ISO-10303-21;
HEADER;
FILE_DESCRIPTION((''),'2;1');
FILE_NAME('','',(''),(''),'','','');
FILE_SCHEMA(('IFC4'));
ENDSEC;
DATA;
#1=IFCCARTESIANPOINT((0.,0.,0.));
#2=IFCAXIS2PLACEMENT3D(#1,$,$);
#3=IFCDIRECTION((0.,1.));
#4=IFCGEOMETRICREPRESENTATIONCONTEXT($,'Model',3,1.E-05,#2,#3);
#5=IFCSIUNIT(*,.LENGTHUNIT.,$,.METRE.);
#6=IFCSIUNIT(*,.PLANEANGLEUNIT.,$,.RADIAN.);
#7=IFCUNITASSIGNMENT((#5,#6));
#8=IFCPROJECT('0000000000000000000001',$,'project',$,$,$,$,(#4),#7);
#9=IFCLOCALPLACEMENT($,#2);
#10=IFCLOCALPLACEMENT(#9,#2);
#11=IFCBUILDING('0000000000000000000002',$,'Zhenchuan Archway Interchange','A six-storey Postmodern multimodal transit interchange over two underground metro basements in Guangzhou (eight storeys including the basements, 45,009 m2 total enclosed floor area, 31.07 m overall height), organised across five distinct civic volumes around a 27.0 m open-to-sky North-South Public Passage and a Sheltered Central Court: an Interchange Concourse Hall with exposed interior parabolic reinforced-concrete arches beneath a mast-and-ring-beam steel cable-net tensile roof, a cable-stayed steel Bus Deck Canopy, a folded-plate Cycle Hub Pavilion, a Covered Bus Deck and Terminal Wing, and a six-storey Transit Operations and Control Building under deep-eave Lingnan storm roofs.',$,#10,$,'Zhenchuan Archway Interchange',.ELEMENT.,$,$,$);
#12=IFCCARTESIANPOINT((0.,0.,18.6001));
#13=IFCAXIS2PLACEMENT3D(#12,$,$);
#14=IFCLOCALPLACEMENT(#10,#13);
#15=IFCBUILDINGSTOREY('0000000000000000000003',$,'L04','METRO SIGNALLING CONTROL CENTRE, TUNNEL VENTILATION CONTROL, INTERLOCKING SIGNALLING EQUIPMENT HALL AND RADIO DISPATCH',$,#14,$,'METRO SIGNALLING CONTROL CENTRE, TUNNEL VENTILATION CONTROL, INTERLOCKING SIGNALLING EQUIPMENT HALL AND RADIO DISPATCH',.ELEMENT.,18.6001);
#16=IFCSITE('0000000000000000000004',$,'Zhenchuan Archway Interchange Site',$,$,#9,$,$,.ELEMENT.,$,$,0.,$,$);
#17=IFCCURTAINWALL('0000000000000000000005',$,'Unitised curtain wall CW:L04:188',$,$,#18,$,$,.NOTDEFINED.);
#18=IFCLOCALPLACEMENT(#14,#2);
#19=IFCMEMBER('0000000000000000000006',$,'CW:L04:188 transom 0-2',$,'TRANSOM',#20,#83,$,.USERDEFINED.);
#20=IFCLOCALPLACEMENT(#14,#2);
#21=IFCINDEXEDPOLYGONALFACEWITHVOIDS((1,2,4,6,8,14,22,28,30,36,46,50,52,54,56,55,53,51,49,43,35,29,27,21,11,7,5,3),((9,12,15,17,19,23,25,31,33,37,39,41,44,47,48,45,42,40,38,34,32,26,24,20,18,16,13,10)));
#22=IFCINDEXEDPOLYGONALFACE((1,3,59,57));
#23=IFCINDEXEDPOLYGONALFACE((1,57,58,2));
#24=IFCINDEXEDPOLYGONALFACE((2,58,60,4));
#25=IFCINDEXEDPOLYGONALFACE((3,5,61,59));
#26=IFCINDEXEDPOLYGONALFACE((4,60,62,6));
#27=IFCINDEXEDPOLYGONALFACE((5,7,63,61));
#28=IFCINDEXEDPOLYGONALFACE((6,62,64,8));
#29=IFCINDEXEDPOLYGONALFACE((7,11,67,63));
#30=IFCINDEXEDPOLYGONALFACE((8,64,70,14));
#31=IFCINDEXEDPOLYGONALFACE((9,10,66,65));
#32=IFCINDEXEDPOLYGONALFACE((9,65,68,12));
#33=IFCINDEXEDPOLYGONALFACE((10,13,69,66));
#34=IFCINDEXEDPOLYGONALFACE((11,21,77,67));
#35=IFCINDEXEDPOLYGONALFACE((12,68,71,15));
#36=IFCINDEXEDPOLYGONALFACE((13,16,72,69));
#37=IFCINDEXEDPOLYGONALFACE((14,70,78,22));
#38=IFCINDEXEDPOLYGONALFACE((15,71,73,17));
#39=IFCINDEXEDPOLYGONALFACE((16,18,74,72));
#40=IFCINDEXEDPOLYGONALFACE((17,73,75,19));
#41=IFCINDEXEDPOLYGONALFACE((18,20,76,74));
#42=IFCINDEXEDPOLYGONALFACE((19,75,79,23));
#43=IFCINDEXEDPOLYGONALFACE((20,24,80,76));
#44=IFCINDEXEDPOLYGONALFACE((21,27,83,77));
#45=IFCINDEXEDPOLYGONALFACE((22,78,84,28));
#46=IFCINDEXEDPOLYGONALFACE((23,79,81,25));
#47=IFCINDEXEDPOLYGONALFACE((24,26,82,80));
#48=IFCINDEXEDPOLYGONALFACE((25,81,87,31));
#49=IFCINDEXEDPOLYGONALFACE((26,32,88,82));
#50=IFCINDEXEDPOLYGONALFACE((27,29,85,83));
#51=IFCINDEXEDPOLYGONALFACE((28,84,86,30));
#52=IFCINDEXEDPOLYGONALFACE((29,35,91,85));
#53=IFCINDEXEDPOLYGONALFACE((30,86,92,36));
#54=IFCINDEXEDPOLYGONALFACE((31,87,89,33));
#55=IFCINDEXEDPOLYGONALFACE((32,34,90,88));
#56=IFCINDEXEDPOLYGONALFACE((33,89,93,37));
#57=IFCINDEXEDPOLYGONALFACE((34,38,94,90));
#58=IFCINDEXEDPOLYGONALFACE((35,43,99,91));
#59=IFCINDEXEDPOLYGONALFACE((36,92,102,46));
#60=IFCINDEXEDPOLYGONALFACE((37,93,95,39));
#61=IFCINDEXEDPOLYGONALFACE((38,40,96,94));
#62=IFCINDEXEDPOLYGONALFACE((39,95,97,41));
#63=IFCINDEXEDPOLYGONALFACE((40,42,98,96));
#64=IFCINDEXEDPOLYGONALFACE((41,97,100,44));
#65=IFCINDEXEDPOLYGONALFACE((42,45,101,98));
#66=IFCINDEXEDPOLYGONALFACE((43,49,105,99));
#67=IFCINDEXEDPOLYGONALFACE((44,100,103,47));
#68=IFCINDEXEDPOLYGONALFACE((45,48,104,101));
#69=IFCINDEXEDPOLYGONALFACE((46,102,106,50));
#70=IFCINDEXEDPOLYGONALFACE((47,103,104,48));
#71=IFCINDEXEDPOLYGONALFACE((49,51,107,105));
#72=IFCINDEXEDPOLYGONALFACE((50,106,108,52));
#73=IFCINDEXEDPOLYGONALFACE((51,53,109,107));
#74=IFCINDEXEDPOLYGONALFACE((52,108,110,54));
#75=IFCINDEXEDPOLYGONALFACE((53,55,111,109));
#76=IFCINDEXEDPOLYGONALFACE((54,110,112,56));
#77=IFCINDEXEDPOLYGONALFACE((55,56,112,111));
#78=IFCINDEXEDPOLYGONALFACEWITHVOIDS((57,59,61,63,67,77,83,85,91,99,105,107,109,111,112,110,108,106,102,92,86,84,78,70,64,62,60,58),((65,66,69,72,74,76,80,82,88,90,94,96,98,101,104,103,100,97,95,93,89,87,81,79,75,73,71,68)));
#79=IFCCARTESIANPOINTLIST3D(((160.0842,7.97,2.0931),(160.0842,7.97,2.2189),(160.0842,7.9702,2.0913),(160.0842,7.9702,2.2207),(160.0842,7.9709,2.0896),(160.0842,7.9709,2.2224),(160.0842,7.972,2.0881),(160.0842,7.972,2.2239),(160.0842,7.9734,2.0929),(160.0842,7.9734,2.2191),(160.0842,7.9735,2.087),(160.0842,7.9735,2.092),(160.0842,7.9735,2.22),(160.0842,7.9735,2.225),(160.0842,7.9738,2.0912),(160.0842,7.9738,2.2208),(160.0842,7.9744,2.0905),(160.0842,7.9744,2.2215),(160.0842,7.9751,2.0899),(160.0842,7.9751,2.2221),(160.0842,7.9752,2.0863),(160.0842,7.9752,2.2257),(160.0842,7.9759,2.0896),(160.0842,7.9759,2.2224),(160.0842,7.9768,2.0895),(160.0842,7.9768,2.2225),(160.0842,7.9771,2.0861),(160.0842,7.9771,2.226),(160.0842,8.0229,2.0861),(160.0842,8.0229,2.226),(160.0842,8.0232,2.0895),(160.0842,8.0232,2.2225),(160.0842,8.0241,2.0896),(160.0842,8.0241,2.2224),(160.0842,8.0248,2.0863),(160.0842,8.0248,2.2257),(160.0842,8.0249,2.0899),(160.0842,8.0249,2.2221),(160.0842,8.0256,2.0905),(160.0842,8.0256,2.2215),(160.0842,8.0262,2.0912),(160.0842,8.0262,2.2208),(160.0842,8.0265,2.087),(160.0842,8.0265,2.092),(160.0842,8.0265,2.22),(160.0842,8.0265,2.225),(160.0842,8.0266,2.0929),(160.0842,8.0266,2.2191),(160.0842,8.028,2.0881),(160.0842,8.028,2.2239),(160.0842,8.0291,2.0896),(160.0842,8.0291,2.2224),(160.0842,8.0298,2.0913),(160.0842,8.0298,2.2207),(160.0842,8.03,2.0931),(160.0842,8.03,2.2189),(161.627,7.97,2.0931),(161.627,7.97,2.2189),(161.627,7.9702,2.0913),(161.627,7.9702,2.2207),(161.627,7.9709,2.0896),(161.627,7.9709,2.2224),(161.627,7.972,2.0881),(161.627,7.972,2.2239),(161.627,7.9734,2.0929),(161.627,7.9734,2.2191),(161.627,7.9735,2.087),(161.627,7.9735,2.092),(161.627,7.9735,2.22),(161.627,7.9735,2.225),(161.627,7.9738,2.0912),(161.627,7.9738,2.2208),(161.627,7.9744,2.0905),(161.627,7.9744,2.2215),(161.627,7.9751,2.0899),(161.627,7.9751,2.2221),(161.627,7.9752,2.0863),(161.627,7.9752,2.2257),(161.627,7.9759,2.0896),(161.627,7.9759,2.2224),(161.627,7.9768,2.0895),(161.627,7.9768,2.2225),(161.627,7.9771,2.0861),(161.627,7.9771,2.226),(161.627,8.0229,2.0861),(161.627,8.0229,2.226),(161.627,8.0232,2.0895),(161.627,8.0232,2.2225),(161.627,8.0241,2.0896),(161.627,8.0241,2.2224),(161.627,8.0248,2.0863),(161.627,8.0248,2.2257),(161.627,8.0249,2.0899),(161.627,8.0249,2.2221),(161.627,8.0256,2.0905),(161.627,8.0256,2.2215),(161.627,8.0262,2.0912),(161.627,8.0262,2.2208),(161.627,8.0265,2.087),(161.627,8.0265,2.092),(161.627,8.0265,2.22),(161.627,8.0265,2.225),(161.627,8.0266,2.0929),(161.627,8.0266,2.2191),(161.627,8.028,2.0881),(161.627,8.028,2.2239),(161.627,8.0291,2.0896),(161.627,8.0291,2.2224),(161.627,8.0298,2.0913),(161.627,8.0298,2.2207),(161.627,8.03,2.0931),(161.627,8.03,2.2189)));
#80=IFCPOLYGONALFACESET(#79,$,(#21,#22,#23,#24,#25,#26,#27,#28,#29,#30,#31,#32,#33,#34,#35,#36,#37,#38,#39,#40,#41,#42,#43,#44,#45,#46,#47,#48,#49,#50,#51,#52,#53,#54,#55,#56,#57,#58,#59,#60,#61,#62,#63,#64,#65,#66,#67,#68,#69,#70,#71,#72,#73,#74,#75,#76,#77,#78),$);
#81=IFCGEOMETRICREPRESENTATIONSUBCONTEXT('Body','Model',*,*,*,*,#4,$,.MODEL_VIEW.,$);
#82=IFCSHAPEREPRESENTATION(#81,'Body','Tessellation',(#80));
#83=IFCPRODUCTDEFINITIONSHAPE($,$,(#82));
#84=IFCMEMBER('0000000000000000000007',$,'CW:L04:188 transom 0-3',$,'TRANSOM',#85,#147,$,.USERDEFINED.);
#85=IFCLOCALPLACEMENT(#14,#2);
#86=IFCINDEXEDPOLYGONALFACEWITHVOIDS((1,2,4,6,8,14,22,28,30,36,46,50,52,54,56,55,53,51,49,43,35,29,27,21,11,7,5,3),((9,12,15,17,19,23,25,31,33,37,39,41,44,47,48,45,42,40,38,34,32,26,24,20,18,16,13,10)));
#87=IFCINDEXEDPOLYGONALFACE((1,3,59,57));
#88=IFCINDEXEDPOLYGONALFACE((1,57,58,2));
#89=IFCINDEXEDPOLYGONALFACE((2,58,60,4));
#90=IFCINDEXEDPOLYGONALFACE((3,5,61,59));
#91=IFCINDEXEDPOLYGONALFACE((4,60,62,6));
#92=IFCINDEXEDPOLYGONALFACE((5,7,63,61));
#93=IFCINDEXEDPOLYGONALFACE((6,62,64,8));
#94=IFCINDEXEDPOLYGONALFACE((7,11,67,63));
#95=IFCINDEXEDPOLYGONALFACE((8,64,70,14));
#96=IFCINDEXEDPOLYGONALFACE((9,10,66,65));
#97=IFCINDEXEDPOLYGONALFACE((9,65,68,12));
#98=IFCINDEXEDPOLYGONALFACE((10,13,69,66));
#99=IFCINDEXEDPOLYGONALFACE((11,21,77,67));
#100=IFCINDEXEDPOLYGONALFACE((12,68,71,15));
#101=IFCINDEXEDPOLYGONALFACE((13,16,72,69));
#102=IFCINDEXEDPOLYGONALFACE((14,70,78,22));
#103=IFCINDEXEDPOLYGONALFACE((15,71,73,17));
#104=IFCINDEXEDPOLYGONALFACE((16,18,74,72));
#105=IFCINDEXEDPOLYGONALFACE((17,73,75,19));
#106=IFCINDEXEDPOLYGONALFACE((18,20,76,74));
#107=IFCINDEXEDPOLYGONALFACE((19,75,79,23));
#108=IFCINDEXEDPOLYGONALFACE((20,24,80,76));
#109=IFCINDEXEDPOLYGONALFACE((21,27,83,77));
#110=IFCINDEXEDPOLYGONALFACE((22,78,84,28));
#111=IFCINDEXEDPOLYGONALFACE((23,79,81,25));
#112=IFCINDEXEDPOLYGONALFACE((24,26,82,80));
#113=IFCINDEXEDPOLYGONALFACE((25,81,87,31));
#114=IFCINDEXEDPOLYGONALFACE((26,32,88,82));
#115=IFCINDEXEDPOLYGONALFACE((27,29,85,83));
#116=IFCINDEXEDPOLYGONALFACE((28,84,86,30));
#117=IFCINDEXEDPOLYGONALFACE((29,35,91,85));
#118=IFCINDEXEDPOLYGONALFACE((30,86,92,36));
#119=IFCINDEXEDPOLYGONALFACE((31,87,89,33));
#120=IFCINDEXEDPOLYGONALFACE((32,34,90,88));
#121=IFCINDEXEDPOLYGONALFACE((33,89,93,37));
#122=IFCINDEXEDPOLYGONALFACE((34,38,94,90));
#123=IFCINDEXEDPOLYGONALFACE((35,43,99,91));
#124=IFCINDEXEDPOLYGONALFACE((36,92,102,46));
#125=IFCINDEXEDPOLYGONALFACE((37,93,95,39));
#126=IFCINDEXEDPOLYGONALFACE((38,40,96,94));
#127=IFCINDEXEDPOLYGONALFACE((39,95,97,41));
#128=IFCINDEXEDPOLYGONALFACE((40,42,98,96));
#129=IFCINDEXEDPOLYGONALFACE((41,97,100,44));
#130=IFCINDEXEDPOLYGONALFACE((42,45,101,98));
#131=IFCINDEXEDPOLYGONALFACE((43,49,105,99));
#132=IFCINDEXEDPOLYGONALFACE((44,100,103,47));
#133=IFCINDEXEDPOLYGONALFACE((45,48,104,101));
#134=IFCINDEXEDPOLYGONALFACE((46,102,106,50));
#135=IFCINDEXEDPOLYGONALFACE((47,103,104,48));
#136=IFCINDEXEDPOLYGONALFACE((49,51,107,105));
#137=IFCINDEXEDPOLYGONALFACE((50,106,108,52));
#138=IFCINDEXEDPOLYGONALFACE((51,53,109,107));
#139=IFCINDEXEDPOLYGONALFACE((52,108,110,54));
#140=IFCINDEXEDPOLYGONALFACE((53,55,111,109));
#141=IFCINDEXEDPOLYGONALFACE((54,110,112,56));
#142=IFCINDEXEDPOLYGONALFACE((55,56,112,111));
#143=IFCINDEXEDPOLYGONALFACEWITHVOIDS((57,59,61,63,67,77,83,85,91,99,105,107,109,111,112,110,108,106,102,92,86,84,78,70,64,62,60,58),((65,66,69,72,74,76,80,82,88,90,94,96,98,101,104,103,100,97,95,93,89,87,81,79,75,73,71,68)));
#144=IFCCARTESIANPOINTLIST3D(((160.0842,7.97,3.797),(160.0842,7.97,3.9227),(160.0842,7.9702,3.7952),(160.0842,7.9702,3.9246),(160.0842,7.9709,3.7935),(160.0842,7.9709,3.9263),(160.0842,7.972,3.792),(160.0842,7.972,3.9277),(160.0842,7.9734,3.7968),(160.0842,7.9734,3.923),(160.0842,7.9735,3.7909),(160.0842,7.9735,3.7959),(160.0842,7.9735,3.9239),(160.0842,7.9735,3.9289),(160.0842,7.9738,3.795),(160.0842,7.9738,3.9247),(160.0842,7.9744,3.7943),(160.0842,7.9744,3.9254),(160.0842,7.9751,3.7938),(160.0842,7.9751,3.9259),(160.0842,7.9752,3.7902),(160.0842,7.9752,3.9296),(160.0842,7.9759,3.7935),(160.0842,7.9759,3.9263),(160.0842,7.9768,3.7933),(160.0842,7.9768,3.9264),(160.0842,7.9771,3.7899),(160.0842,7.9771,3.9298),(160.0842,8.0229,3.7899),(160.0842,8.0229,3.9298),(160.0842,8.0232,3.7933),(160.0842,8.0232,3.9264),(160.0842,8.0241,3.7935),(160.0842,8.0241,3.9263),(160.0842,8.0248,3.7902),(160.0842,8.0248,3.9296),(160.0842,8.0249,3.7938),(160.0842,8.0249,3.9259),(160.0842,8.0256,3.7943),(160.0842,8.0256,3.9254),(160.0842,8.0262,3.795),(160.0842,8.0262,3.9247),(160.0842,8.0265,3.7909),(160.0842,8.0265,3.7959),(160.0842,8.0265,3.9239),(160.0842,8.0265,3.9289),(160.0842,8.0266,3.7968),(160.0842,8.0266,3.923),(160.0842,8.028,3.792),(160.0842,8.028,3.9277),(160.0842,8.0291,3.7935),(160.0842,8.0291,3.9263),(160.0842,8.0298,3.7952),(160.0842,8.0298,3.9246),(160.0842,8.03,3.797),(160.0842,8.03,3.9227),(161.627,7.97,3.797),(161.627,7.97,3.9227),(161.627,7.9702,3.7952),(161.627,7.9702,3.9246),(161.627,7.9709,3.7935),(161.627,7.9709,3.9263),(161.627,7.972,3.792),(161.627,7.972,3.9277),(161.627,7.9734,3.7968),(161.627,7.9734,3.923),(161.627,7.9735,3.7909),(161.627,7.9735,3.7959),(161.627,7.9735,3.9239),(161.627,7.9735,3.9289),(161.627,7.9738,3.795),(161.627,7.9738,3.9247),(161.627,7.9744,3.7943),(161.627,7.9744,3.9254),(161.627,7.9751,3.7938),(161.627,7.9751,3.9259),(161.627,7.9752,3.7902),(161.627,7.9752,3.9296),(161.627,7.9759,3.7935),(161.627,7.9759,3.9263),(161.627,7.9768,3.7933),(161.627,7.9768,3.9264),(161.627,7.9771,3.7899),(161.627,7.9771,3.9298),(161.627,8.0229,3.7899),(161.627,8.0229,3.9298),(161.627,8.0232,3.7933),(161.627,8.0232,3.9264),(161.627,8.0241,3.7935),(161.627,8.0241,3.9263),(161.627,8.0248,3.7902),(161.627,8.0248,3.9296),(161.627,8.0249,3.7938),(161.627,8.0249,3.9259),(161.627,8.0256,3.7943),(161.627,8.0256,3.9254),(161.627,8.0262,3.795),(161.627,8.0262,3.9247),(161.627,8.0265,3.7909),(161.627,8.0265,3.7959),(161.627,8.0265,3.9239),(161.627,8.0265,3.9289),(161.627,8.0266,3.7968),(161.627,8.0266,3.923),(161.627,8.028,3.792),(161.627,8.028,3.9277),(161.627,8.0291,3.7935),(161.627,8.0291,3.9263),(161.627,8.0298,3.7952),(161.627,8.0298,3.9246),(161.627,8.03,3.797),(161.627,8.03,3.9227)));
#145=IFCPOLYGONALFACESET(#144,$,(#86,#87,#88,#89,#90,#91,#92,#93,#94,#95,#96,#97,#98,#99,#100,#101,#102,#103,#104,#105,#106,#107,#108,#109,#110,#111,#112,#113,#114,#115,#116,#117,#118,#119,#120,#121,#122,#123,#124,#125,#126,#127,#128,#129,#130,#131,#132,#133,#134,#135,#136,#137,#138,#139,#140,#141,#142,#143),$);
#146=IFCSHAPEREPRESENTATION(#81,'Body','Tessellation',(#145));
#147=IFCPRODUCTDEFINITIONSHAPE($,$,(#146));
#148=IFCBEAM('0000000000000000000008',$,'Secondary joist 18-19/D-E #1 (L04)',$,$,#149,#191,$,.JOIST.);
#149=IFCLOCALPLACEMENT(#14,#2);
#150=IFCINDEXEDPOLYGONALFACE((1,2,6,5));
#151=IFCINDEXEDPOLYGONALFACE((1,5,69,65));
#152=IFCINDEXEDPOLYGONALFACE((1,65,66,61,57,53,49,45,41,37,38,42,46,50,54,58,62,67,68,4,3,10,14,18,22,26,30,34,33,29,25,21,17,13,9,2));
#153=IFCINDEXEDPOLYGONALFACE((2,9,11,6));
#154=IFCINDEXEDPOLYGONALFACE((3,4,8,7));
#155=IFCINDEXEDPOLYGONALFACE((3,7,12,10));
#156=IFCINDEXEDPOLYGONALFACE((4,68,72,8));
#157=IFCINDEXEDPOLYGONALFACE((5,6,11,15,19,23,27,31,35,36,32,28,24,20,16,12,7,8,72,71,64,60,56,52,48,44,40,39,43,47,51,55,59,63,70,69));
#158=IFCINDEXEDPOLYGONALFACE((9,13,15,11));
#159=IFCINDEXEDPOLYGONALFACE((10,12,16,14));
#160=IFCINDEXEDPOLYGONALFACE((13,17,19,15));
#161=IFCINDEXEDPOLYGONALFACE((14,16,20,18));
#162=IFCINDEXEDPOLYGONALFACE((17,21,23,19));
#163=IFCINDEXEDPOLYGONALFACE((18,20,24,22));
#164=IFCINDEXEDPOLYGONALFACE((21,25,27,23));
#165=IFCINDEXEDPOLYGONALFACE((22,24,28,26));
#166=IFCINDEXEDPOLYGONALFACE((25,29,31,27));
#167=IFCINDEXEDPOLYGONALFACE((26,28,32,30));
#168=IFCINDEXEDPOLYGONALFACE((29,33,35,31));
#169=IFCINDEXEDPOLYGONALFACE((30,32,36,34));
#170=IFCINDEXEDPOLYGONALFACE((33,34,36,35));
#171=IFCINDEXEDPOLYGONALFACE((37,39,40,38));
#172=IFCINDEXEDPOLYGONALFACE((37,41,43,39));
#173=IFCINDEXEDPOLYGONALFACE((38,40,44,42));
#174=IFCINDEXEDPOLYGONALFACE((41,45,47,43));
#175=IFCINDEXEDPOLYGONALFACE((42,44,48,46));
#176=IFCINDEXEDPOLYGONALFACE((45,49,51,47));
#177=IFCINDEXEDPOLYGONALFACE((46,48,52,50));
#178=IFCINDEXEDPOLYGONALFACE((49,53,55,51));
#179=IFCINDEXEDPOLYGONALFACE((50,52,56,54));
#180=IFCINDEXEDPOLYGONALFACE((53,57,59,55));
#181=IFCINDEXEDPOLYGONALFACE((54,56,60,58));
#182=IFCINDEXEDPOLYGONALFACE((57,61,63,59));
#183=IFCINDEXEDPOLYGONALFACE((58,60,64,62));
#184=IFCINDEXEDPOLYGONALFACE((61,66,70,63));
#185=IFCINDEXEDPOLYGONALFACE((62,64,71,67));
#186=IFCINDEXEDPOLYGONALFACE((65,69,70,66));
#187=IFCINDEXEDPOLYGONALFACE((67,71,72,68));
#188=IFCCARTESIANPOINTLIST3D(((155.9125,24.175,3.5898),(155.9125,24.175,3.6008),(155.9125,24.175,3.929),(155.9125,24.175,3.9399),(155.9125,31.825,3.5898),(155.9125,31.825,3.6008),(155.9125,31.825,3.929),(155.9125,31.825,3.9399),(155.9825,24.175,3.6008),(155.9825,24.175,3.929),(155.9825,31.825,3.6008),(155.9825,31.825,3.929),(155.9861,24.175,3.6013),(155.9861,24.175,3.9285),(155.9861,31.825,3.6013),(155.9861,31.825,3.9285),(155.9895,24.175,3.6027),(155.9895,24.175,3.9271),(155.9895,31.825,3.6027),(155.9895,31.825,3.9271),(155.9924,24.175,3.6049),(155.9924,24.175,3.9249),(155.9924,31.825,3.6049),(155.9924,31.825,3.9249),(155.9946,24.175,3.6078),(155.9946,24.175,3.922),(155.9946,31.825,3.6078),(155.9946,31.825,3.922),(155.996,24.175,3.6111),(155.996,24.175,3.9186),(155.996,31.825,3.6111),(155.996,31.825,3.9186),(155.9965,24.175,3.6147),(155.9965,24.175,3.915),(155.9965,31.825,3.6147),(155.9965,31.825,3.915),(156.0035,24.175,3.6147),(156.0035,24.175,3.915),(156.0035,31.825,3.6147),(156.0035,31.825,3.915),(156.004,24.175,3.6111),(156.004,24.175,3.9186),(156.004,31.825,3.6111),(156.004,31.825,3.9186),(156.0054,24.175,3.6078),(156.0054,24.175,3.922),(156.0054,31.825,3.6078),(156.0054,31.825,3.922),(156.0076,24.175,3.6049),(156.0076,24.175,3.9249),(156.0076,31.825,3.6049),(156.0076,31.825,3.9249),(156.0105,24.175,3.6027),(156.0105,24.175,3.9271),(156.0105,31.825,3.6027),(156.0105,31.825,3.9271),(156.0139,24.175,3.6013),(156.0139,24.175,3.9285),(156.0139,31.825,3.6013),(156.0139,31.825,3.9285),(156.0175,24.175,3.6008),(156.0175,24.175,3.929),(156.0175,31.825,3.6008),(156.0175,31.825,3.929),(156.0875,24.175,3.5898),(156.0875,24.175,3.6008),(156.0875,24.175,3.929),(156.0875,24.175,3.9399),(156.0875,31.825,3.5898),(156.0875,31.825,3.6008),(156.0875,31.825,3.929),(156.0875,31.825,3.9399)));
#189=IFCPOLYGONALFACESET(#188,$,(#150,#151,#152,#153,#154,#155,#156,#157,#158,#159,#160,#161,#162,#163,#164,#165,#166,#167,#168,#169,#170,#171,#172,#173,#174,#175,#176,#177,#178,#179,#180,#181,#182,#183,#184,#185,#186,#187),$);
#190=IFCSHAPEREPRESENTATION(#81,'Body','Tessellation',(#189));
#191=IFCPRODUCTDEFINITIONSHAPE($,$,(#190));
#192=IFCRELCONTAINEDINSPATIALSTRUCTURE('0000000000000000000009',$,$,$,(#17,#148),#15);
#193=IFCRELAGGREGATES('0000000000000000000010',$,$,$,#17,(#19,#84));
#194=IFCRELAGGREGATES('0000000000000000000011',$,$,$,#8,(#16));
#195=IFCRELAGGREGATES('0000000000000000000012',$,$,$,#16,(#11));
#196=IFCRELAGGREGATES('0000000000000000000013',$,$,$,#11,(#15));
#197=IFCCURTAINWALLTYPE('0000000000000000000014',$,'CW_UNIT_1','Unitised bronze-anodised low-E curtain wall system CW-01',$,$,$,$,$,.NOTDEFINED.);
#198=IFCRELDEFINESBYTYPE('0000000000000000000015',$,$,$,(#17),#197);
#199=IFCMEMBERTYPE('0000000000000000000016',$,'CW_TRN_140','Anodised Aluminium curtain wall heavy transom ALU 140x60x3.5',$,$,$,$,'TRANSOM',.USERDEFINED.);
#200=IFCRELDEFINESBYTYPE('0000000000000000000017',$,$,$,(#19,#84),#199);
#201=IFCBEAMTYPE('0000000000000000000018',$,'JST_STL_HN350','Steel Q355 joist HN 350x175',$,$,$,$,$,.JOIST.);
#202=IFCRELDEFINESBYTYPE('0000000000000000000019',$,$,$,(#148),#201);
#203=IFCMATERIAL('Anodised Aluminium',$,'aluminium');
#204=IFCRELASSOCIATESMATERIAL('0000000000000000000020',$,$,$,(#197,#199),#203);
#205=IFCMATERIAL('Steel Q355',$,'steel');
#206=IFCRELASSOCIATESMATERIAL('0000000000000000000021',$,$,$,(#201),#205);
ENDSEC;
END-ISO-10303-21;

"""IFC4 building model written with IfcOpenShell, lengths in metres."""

from ifc_helpers import new_model, si_unit, direction, frame, origin, origin_2d, place, context, subcontext, project, spatial, hollow_rectangle, i_section, extrude, material, material_profile, profile_set, type_object, element, aggregate, save


model = new_model("IFC4")

# Units and contexts
model_context = context("Model", 3, precision=1e-05, world=origin(), true_north=direction((0.0, 1.0)))
body_context = subcontext(model_context, "Body", "Model", "MODEL_VIEW")
ifc_project = project(units=[si_unit("LENGTHUNIT", "METRE"), si_unit("PLANEANGLEUNIT", "RADIAN")], contexts=[model_context])

# Site, building, storey
site_placement = place(None, origin())
site = spatial("IfcSite", under=ifc_project, at=site_placement, Name="Zhenchuan Archway Interchange Site", CompositionType="ELEMENT", RefElevation=0.0)
building_placement = place(site_placement, origin())
building = spatial("IfcBuilding", under=site, at=building_placement, Name="Zhenchuan Archway Interchange", Description="A six-storey Postmodern multimodal transit interchange over two underground metro basements in Guangzhou (eight storeys including the basements, 45,009 m2 total enclosed floor area, 31.07 m overall height), organised across five distinct civic volumes around a 27.0 m open-to-sky North-South Public Passage and a Sheltered Central Court: an Interchange Concourse Hall with exposed interior parabolic reinforced-concrete arches beneath a mast-and-ring-beam steel cable-net tensile roof, a cable-stayed steel Bus Deck Canopy, a folded-plate Cycle Hub Pavilion, a Covered Bus Deck and Terminal Wing, and a six-storey Transit Operations and Control Building under deep-eave Lingnan storm roofs.", LongName="Zhenchuan Archway Interchange", CompositionType="ELEMENT")
storey_placement = place(building_placement, frame((0.0, 0.0, 18.6001)))
storey = spatial("IfcBuildingStorey", under=building, at=storey_placement, Name="L04", Description="METRO SIGNALLING CONTROL CENTRE, TUNNEL VENTILATION CONTROL, INTERLOCKING SIGNALLING EQUIPMENT HALL AND RADIO DISPATCH", LongName="METRO SIGNALLING CONTROL CENTRE, TUNNEL VENTILATION CONTROL, INTERLOCKING SIGNALLING EQUIPMENT HALL AND RADIO DISPATCH", CompositionType="ELEMENT", Elevation=18.6001)

# Curtain wall, members
ifc_material_1 = material(Name="Anodised Aluminium", Category="aluminium")
curtain_wall_type = type_object("IfcCurtainWallType", Name="CW_UNIT_1", Description="Unitised bronze-anodised low-E curtain wall system CW-01", PredefinedType="NOTDEFINED", material=ifc_material_1)
curtain_wall_placement = place(storey_placement, origin())
curtain_wall = element("IfcCurtainWall", 1, at=curtain_wall_placement, inside=storey, type_object=curtain_wall_type, Name="Unitised curtain wall CW:L04:188", PredefinedType="NOTDEFINED")
ifc_material_profile_1 = material_profile(ifc_material_1, hollow_rectangle(XDim=0.0601, YDim=0.1399, WallThickness=0.0034, InnerFilletRadius=0.0034, OuterFilletRadius=0.0071, at=origin_2d()), Name="ALU 140x60x3.5")
ifc_profile_set_1 = profile_set([ifc_material_profile_1], Name="Anodised Aluminium")
member_type_1 = type_object("IfcMemberType", Name="CW_TRN_140", Description="Anodised Aluminium curtain wall heavy transom ALU 140x60x3.5", ElementType="TRANSOM", PredefinedType="USERDEFINED", material=ifc_profile_set_1)
member_1_placement = place(storey_placement, frame((161.627, 8.0, 2.156), z_axis=(-1.0, 0.0, 0.0), x_axis=(0.0, -1.0, 0.0)))
member_1 = element("IfcMember", 2, at=member_1_placement, type_object=member_type_1, Name="CW:L04:188 transom 0-2", ObjectType="TRANSOM", PredefinedType="USERDEFINED", context=body_context, shape_type="SweptSolid", body=[
    extrude(hollow_rectangle(XDim=0.0601, YDim=0.1399, WallThickness=0.0034, InnerFilletRadius=0.0034, OuterFilletRadius=0.0071, at=origin_2d()), origin(), (0.0, 0.0, 1.0), 1.5427),
])
member_2_placement = place(storey_placement, frame((161.627, 8.0, 3.8599), z_axis=(-1.0, 0.0, 0.0), x_axis=(0.0, -1.0, 0.0)))
member_2 = element("IfcMember", 3, at=member_2_placement, type_object=member_type_1, Name="CW:L04:188 transom 0-3", ObjectType="TRANSOM", PredefinedType="USERDEFINED", context=body_context, shape_type="SweptSolid", body=[
    extrude(hollow_rectangle(XDim=0.0601, YDim=0.1399, WallThickness=0.0034, InnerFilletRadius=0.0034, OuterFilletRadius=0.0071, at=origin_2d()), origin(), (0.0, 0.0, 1.0), 1.5427),
])

# Beam
ifc_material_2 = material(Name="Steel Q355", Category="steel")
ifc_material_profile_2 = material_profile(ifc_material_2, i_section(OverallWidth=0.175, OverallDepth=0.3501, WebThickness=0.0071, FlangeThickness=0.011, FilletRadius=0.0139, at=origin_2d()), Name="HN 350x175")
ifc_profile_set_2 = profile_set([ifc_material_profile_2], Name="Steel Q355")
beam_type_1 = type_object("IfcBeamType", Name="JST_STL_HN350", Description="Steel Q355 joist HN 350x175", PredefinedType="JOIST", material=ifc_profile_set_2)
for number, where, z_axis, x_axis, name in (
    (4, (156.0, 24.175, 3.7649), (0.0, 1.0, 0.0), (-1.0, 0.0, 0.0), "Secondary joist 18-19/D-E #1 (L04)"),
):
    element("IfcBeam", number, at=place(storey_placement, frame(where, z_axis=z_axis, x_axis=x_axis)), inside=storey, type_object=beam_type_1, Name=name, PredefinedType="JOIST", context=body_context, shape_type="SweptSolid", body=[
        extrude(i_section(OverallWidth=0.175, OverallDepth=0.3501, WebThickness=0.0071, FlangeThickness=0.011, FilletRadius=0.0139, at=origin_2d()), origin(), (0.0, 0.0, 1.0), 7.6499),
    ])

aggregate(curtain_wall, [member_1, member_2])

save(model, "model.ifc")
